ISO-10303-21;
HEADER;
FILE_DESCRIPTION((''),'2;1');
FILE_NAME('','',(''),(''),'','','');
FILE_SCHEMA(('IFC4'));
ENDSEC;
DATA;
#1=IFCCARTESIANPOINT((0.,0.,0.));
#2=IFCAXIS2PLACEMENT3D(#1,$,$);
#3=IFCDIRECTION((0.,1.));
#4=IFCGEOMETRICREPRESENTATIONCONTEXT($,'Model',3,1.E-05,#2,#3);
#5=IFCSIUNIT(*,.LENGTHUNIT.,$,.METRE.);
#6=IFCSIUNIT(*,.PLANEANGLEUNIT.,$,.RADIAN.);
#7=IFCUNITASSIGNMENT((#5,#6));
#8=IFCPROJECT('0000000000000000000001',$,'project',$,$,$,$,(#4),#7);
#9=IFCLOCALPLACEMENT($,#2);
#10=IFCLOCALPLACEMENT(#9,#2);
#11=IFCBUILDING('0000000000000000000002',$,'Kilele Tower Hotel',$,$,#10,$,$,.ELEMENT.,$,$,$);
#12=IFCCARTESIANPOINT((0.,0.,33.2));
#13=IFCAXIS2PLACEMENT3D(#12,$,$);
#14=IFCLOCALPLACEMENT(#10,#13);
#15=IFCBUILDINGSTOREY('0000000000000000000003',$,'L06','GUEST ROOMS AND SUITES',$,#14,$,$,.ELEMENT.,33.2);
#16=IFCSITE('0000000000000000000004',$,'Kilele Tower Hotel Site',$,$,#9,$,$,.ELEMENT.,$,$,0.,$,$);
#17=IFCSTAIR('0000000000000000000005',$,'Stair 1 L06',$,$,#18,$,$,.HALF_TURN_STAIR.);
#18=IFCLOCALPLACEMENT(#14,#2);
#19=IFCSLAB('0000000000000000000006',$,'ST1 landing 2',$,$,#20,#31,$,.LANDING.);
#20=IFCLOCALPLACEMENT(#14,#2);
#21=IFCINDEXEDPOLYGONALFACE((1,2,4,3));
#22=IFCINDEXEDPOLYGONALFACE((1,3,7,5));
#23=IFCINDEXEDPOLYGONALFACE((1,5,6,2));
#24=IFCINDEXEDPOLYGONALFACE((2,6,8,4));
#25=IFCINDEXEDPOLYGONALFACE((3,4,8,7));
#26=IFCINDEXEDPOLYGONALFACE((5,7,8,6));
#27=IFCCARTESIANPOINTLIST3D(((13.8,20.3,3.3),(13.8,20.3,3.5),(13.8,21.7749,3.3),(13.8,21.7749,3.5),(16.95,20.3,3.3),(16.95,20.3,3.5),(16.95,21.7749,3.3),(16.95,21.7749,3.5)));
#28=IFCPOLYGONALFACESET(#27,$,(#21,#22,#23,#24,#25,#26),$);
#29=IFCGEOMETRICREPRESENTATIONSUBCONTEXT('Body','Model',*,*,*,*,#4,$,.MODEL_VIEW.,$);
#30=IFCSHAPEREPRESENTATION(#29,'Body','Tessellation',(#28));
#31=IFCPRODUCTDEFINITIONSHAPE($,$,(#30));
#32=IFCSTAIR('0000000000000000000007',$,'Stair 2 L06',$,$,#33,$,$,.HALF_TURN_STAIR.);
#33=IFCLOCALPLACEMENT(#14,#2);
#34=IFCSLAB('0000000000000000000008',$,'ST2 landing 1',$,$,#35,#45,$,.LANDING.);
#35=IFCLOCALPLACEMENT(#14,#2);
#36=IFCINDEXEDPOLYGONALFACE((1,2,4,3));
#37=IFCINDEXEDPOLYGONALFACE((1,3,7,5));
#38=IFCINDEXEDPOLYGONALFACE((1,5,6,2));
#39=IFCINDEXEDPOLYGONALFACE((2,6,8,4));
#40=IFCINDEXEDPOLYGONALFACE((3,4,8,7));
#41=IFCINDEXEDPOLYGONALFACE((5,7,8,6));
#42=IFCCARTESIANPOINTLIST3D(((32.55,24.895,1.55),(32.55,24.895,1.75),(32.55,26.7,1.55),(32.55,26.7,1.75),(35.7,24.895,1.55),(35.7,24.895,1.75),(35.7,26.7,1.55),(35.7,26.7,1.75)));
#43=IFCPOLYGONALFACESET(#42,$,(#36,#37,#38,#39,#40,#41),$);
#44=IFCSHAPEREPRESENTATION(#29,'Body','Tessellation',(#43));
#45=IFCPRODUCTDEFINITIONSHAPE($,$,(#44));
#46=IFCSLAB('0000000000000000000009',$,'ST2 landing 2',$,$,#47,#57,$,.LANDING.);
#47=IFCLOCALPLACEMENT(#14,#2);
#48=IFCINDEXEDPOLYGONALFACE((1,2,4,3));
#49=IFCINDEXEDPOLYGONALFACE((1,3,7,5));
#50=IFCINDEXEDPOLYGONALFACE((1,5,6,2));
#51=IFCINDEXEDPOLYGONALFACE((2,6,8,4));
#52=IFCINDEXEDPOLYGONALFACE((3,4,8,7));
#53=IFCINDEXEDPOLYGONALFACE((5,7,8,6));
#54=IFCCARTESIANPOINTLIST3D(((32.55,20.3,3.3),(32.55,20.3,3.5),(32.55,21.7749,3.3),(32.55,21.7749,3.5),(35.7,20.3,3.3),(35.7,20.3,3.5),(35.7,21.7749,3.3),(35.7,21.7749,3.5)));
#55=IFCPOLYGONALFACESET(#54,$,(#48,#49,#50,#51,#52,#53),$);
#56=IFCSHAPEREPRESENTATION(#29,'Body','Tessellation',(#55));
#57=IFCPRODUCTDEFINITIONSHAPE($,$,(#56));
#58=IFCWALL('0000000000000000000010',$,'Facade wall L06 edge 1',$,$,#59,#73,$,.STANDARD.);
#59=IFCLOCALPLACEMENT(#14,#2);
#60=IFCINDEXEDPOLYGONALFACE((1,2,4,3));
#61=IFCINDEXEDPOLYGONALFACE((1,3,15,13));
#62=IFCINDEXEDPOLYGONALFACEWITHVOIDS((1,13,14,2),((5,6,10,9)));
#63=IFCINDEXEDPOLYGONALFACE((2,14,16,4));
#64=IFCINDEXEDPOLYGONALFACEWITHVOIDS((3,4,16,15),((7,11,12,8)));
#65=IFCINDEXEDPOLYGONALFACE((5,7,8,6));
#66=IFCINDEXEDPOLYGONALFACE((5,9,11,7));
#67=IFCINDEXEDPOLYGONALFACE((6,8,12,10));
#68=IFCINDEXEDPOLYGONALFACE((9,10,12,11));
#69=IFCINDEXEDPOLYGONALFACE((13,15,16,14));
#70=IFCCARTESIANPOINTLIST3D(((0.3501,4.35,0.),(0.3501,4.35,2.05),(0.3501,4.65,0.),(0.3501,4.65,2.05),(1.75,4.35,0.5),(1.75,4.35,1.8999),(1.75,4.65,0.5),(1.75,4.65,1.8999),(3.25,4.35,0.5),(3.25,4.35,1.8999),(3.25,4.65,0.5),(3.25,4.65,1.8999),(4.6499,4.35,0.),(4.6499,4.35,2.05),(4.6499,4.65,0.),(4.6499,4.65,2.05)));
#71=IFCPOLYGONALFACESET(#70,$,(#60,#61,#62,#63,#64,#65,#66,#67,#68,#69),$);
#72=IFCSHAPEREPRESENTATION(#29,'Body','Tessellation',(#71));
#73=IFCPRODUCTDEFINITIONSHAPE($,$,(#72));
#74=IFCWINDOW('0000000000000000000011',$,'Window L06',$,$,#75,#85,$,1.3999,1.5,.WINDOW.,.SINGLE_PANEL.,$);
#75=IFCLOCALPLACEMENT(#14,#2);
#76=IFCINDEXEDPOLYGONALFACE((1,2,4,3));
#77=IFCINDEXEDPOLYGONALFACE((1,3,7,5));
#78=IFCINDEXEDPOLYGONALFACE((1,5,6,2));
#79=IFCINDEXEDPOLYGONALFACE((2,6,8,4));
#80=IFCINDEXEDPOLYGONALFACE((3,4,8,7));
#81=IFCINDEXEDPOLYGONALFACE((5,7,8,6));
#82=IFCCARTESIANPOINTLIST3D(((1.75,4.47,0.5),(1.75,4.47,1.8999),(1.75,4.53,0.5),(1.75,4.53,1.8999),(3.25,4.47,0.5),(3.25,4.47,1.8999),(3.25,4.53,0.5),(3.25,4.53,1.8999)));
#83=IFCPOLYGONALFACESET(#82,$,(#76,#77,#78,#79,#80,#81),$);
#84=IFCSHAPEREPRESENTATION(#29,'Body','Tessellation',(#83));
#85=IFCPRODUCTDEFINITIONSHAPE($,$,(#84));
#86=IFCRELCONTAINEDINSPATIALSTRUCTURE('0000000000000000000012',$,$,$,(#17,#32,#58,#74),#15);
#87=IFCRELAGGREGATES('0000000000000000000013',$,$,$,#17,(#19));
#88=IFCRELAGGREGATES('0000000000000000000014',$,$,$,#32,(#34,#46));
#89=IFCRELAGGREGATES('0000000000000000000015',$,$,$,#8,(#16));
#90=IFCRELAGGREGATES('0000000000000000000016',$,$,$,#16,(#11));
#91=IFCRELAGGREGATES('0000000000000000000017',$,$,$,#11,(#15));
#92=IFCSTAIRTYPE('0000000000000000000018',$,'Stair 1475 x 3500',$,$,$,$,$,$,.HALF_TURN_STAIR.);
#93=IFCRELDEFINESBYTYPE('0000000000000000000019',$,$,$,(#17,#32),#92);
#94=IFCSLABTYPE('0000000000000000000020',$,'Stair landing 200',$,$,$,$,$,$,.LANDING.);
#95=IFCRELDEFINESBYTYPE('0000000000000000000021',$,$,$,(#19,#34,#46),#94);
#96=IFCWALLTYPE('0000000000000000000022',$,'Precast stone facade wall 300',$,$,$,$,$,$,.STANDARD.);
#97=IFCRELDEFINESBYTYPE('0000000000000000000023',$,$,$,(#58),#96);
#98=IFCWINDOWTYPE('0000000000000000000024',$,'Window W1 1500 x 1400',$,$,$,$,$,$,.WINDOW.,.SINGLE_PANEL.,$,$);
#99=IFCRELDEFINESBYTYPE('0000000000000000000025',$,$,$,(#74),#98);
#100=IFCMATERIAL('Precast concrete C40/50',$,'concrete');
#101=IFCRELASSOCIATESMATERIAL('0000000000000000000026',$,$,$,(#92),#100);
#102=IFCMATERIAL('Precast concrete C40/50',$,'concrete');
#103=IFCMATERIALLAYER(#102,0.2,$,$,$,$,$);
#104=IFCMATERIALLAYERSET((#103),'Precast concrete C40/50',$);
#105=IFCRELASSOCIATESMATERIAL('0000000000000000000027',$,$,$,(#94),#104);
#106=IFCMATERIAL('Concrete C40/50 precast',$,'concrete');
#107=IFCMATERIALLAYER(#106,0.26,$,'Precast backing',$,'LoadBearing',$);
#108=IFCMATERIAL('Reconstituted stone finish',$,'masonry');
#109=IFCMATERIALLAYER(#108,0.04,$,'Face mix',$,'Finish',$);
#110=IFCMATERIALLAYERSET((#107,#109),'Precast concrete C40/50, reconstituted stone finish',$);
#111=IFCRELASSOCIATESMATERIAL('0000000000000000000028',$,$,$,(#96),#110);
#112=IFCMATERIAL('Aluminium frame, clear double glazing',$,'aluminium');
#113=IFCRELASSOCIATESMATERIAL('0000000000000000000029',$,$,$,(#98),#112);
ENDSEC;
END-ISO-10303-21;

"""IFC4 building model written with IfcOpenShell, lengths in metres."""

from ifc_helpers import new_model, si_unit, direction, frame, frame_2d, origin, place, context, subcontext, project, spatial, polyline, rectangle, outline, extrude, material, layer, layer_set, type_object, element, fill, aggregate, save


model = new_model("IFC4")

# Units and contexts
model_context = context("Model", 3, precision=1e-05, world=origin(), true_north=direction((0.0, 1.0)))
body_context = subcontext(model_context, "Body", "Model", "MODEL_VIEW")
ifc_project = project(units=[si_unit("LENGTHUNIT", "METRE"), si_unit("PLANEANGLEUNIT", "RADIAN")], contexts=[model_context])

# Site, building, storey
site_placement = place(None, origin())
site = spatial("IfcSite", under=ifc_project, at=site_placement, Name="Kilele Tower Hotel Site", CompositionType="ELEMENT", RefElevation=0.0)
building_placement = place(site_placement, origin())
building = spatial("IfcBuilding", under=site, at=building_placement, Name="Kilele Tower Hotel", CompositionType="ELEMENT")
storey_placement = place(building_placement, frame((0.0, 0.0, 33.2)))
storey = spatial("IfcBuildingStorey", under=building, at=storey_placement, Name="L06", Description="GUEST ROOMS AND SUITES", CompositionType="ELEMENT", Elevation=33.2)

# Stairs, slabs
ifc_material_1 = material(Name="Precast concrete C40/50", Category="concrete")
stair_type = type_object("IfcStairType", Name="Stair 1475 x 3500", PredefinedType="HALF_TURN_STAIR", material=ifc_material_1)
stair_1_placement = place(storey_placement, origin())
stair_1 = element("IfcStair", 1, at=stair_1_placement, inside=storey, type_object=stair_type, Name="Stair 1 L06", PredefinedType="HALF_TURN_STAIR")
ifc_material_2 = material(Name="Precast concrete C40/50", Category="concrete")
ifc_layer_1 = layer(ifc_material_2, 0.2)
ifc_layer_set_1 = layer_set([ifc_layer_1], Name="Precast concrete C40/50")
slab_type_1 = type_object("IfcSlabType", Name="Stair landing 200", PredefinedType="LANDING", material=ifc_layer_set_1)
slab_1_placement = place(storey_placement, frame((0.0, 0.0, 3.3)))
slab_1 = element("IfcSlab", 2, at=slab_1_placement, type_object=slab_type_1, Name="ST1 landing 2", PredefinedType="LANDING", context=body_context, shape_type="SweptSolid", body=[
    extrude(outline(polyline([(13.8, 20.3), (16.95, 20.3), (16.95, 21.7749), (13.8, 21.7749), (13.8, 20.3)])), origin(), (0.0, 0.0, 1.0), 0.2),
])
aggregate(stair_1, [slab_1])
stair_2_placement = place(storey_placement, origin())
stair_2 = element("IfcStair", 3, at=stair_2_placement, inside=storey, type_object=stair_type, Name="Stair 2 L06", PredefinedType="HALF_TURN_STAIR")
slab_2_placement = place(storey_placement, frame((0.0, 0.0, 1.55)))
slab_2 = element("IfcSlab", 4, at=slab_2_placement, type_object=slab_type_1, Name="ST2 landing 1", PredefinedType="LANDING", context=body_context, shape_type="SweptSolid", body=[
    extrude(outline(polyline([(32.55, 24.895), (35.7, 24.895), (35.7, 26.7), (32.55, 26.7), (32.55, 24.895)])), origin(), (0.0, 0.0, 1.0), 0.2),
])
slab_3_placement = place(storey_placement, frame((0.0, 0.0, 3.3)))
slab_3 = element("IfcSlab", 5, at=slab_3_placement, type_object=slab_type_1, Name="ST2 landing 2", PredefinedType="LANDING", context=body_context, shape_type="SweptSolid", body=[
    extrude(outline(polyline([(32.55, 20.3), (35.7, 20.3), (35.7, 21.7749), (32.55, 21.7749), (32.55, 20.3)])), origin(), (0.0, 0.0, 1.0), 0.2),
])
aggregate(stair_2, [slab_2, slab_3])

# Wall, opening, window
ifc_material_3 = material(Name="Concrete C40/50 precast", Category="concrete")
ifc_layer_2 = layer(ifc_material_3, 0.26, Name="Precast backing", Category="LoadBearing")
ifc_material_4 = material(Name="Reconstituted stone finish", Category="masonry")
ifc_layer_3 = layer(ifc_material_4, 0.04, Name="Face mix", Category="Finish")
ifc_layer_set_2 = layer_set([ifc_layer_2, ifc_layer_3], Name="Precast concrete C40/50, reconstituted stone finish")
wall_type = type_object("IfcWallType", Name="Precast stone facade wall 300", PredefinedType="STANDARD", material=ifc_layer_set_2)
wall_1_placement = place(storey_placement, frame((0.3501, 4.5, 0.0), z_axis=(0.0, 0.0, 1.0), x_axis=(1.0, 0.0, 0.0)))
wall_1 = element("IfcWall", 6, at=wall_1_placement, inside=storey, type_object=wall_type, Name="Facade wall L06 edge 1", PredefinedType="STANDARD", context=body_context, shape_type="SweptSolid", body=[
    extrude(rectangle(XDim=4.2998, YDim=0.3, at=frame_2d((2.1499, 0.0))), origin(), (0.0, 0.0, 1.0), 2.05),
])
opening_1_placement = place(wall_1_placement, frame((1.3999, 0.0, 0.5)))
opening_1 = element("IfcOpeningElement", 7, at=opening_1_placement, cuts=wall_1, PredefinedType="OPENING", context=body_context, shape_type="SweptSolid", body=[
    extrude(rectangle(XDim=1.5, YDim=1.3999, at=frame_2d((0.75, 0.7))), frame((0.0, 0.1599, 0.0), z_axis=(0.0, -1.0, 0.0), x_axis=(1.0, 0.0, 0.0)), (0.0, 0.0, 1.0), 0.3201),
])
ifc_material_5 = material(Name="Aluminium frame, clear double glazing", Category="aluminium")
window_type = type_object("IfcWindowType", Name="Window W1 1500 x 1400", PartitioningType="SINGLE_PANEL", PredefinedType="WINDOW", material=ifc_material_5)
window_1_placement = place(opening_1_placement, origin())
window_1 = element("IfcWindow", 8, at=window_1_placement, inside=storey, type_object=window_type, Name="Window L06", OverallHeight=1.3999, OverallWidth=1.5, PartitioningType="SINGLE_PANEL", PredefinedType="WINDOW", context=body_context, shape_type="SweptSolid", body=[
    extrude(rectangle(XDim=1.5, YDim=1.3999, at=frame_2d((0.75, 0.7))), frame((0.0, 0.03, 0.0), z_axis=(0.0, -1.0, 0.0), x_axis=(1.0, 0.0, 0.0)), (0.0, 0.0, 1.0), 0.0601),
])
fill(opening_1, window_1)

save(model, "model.ifc")
